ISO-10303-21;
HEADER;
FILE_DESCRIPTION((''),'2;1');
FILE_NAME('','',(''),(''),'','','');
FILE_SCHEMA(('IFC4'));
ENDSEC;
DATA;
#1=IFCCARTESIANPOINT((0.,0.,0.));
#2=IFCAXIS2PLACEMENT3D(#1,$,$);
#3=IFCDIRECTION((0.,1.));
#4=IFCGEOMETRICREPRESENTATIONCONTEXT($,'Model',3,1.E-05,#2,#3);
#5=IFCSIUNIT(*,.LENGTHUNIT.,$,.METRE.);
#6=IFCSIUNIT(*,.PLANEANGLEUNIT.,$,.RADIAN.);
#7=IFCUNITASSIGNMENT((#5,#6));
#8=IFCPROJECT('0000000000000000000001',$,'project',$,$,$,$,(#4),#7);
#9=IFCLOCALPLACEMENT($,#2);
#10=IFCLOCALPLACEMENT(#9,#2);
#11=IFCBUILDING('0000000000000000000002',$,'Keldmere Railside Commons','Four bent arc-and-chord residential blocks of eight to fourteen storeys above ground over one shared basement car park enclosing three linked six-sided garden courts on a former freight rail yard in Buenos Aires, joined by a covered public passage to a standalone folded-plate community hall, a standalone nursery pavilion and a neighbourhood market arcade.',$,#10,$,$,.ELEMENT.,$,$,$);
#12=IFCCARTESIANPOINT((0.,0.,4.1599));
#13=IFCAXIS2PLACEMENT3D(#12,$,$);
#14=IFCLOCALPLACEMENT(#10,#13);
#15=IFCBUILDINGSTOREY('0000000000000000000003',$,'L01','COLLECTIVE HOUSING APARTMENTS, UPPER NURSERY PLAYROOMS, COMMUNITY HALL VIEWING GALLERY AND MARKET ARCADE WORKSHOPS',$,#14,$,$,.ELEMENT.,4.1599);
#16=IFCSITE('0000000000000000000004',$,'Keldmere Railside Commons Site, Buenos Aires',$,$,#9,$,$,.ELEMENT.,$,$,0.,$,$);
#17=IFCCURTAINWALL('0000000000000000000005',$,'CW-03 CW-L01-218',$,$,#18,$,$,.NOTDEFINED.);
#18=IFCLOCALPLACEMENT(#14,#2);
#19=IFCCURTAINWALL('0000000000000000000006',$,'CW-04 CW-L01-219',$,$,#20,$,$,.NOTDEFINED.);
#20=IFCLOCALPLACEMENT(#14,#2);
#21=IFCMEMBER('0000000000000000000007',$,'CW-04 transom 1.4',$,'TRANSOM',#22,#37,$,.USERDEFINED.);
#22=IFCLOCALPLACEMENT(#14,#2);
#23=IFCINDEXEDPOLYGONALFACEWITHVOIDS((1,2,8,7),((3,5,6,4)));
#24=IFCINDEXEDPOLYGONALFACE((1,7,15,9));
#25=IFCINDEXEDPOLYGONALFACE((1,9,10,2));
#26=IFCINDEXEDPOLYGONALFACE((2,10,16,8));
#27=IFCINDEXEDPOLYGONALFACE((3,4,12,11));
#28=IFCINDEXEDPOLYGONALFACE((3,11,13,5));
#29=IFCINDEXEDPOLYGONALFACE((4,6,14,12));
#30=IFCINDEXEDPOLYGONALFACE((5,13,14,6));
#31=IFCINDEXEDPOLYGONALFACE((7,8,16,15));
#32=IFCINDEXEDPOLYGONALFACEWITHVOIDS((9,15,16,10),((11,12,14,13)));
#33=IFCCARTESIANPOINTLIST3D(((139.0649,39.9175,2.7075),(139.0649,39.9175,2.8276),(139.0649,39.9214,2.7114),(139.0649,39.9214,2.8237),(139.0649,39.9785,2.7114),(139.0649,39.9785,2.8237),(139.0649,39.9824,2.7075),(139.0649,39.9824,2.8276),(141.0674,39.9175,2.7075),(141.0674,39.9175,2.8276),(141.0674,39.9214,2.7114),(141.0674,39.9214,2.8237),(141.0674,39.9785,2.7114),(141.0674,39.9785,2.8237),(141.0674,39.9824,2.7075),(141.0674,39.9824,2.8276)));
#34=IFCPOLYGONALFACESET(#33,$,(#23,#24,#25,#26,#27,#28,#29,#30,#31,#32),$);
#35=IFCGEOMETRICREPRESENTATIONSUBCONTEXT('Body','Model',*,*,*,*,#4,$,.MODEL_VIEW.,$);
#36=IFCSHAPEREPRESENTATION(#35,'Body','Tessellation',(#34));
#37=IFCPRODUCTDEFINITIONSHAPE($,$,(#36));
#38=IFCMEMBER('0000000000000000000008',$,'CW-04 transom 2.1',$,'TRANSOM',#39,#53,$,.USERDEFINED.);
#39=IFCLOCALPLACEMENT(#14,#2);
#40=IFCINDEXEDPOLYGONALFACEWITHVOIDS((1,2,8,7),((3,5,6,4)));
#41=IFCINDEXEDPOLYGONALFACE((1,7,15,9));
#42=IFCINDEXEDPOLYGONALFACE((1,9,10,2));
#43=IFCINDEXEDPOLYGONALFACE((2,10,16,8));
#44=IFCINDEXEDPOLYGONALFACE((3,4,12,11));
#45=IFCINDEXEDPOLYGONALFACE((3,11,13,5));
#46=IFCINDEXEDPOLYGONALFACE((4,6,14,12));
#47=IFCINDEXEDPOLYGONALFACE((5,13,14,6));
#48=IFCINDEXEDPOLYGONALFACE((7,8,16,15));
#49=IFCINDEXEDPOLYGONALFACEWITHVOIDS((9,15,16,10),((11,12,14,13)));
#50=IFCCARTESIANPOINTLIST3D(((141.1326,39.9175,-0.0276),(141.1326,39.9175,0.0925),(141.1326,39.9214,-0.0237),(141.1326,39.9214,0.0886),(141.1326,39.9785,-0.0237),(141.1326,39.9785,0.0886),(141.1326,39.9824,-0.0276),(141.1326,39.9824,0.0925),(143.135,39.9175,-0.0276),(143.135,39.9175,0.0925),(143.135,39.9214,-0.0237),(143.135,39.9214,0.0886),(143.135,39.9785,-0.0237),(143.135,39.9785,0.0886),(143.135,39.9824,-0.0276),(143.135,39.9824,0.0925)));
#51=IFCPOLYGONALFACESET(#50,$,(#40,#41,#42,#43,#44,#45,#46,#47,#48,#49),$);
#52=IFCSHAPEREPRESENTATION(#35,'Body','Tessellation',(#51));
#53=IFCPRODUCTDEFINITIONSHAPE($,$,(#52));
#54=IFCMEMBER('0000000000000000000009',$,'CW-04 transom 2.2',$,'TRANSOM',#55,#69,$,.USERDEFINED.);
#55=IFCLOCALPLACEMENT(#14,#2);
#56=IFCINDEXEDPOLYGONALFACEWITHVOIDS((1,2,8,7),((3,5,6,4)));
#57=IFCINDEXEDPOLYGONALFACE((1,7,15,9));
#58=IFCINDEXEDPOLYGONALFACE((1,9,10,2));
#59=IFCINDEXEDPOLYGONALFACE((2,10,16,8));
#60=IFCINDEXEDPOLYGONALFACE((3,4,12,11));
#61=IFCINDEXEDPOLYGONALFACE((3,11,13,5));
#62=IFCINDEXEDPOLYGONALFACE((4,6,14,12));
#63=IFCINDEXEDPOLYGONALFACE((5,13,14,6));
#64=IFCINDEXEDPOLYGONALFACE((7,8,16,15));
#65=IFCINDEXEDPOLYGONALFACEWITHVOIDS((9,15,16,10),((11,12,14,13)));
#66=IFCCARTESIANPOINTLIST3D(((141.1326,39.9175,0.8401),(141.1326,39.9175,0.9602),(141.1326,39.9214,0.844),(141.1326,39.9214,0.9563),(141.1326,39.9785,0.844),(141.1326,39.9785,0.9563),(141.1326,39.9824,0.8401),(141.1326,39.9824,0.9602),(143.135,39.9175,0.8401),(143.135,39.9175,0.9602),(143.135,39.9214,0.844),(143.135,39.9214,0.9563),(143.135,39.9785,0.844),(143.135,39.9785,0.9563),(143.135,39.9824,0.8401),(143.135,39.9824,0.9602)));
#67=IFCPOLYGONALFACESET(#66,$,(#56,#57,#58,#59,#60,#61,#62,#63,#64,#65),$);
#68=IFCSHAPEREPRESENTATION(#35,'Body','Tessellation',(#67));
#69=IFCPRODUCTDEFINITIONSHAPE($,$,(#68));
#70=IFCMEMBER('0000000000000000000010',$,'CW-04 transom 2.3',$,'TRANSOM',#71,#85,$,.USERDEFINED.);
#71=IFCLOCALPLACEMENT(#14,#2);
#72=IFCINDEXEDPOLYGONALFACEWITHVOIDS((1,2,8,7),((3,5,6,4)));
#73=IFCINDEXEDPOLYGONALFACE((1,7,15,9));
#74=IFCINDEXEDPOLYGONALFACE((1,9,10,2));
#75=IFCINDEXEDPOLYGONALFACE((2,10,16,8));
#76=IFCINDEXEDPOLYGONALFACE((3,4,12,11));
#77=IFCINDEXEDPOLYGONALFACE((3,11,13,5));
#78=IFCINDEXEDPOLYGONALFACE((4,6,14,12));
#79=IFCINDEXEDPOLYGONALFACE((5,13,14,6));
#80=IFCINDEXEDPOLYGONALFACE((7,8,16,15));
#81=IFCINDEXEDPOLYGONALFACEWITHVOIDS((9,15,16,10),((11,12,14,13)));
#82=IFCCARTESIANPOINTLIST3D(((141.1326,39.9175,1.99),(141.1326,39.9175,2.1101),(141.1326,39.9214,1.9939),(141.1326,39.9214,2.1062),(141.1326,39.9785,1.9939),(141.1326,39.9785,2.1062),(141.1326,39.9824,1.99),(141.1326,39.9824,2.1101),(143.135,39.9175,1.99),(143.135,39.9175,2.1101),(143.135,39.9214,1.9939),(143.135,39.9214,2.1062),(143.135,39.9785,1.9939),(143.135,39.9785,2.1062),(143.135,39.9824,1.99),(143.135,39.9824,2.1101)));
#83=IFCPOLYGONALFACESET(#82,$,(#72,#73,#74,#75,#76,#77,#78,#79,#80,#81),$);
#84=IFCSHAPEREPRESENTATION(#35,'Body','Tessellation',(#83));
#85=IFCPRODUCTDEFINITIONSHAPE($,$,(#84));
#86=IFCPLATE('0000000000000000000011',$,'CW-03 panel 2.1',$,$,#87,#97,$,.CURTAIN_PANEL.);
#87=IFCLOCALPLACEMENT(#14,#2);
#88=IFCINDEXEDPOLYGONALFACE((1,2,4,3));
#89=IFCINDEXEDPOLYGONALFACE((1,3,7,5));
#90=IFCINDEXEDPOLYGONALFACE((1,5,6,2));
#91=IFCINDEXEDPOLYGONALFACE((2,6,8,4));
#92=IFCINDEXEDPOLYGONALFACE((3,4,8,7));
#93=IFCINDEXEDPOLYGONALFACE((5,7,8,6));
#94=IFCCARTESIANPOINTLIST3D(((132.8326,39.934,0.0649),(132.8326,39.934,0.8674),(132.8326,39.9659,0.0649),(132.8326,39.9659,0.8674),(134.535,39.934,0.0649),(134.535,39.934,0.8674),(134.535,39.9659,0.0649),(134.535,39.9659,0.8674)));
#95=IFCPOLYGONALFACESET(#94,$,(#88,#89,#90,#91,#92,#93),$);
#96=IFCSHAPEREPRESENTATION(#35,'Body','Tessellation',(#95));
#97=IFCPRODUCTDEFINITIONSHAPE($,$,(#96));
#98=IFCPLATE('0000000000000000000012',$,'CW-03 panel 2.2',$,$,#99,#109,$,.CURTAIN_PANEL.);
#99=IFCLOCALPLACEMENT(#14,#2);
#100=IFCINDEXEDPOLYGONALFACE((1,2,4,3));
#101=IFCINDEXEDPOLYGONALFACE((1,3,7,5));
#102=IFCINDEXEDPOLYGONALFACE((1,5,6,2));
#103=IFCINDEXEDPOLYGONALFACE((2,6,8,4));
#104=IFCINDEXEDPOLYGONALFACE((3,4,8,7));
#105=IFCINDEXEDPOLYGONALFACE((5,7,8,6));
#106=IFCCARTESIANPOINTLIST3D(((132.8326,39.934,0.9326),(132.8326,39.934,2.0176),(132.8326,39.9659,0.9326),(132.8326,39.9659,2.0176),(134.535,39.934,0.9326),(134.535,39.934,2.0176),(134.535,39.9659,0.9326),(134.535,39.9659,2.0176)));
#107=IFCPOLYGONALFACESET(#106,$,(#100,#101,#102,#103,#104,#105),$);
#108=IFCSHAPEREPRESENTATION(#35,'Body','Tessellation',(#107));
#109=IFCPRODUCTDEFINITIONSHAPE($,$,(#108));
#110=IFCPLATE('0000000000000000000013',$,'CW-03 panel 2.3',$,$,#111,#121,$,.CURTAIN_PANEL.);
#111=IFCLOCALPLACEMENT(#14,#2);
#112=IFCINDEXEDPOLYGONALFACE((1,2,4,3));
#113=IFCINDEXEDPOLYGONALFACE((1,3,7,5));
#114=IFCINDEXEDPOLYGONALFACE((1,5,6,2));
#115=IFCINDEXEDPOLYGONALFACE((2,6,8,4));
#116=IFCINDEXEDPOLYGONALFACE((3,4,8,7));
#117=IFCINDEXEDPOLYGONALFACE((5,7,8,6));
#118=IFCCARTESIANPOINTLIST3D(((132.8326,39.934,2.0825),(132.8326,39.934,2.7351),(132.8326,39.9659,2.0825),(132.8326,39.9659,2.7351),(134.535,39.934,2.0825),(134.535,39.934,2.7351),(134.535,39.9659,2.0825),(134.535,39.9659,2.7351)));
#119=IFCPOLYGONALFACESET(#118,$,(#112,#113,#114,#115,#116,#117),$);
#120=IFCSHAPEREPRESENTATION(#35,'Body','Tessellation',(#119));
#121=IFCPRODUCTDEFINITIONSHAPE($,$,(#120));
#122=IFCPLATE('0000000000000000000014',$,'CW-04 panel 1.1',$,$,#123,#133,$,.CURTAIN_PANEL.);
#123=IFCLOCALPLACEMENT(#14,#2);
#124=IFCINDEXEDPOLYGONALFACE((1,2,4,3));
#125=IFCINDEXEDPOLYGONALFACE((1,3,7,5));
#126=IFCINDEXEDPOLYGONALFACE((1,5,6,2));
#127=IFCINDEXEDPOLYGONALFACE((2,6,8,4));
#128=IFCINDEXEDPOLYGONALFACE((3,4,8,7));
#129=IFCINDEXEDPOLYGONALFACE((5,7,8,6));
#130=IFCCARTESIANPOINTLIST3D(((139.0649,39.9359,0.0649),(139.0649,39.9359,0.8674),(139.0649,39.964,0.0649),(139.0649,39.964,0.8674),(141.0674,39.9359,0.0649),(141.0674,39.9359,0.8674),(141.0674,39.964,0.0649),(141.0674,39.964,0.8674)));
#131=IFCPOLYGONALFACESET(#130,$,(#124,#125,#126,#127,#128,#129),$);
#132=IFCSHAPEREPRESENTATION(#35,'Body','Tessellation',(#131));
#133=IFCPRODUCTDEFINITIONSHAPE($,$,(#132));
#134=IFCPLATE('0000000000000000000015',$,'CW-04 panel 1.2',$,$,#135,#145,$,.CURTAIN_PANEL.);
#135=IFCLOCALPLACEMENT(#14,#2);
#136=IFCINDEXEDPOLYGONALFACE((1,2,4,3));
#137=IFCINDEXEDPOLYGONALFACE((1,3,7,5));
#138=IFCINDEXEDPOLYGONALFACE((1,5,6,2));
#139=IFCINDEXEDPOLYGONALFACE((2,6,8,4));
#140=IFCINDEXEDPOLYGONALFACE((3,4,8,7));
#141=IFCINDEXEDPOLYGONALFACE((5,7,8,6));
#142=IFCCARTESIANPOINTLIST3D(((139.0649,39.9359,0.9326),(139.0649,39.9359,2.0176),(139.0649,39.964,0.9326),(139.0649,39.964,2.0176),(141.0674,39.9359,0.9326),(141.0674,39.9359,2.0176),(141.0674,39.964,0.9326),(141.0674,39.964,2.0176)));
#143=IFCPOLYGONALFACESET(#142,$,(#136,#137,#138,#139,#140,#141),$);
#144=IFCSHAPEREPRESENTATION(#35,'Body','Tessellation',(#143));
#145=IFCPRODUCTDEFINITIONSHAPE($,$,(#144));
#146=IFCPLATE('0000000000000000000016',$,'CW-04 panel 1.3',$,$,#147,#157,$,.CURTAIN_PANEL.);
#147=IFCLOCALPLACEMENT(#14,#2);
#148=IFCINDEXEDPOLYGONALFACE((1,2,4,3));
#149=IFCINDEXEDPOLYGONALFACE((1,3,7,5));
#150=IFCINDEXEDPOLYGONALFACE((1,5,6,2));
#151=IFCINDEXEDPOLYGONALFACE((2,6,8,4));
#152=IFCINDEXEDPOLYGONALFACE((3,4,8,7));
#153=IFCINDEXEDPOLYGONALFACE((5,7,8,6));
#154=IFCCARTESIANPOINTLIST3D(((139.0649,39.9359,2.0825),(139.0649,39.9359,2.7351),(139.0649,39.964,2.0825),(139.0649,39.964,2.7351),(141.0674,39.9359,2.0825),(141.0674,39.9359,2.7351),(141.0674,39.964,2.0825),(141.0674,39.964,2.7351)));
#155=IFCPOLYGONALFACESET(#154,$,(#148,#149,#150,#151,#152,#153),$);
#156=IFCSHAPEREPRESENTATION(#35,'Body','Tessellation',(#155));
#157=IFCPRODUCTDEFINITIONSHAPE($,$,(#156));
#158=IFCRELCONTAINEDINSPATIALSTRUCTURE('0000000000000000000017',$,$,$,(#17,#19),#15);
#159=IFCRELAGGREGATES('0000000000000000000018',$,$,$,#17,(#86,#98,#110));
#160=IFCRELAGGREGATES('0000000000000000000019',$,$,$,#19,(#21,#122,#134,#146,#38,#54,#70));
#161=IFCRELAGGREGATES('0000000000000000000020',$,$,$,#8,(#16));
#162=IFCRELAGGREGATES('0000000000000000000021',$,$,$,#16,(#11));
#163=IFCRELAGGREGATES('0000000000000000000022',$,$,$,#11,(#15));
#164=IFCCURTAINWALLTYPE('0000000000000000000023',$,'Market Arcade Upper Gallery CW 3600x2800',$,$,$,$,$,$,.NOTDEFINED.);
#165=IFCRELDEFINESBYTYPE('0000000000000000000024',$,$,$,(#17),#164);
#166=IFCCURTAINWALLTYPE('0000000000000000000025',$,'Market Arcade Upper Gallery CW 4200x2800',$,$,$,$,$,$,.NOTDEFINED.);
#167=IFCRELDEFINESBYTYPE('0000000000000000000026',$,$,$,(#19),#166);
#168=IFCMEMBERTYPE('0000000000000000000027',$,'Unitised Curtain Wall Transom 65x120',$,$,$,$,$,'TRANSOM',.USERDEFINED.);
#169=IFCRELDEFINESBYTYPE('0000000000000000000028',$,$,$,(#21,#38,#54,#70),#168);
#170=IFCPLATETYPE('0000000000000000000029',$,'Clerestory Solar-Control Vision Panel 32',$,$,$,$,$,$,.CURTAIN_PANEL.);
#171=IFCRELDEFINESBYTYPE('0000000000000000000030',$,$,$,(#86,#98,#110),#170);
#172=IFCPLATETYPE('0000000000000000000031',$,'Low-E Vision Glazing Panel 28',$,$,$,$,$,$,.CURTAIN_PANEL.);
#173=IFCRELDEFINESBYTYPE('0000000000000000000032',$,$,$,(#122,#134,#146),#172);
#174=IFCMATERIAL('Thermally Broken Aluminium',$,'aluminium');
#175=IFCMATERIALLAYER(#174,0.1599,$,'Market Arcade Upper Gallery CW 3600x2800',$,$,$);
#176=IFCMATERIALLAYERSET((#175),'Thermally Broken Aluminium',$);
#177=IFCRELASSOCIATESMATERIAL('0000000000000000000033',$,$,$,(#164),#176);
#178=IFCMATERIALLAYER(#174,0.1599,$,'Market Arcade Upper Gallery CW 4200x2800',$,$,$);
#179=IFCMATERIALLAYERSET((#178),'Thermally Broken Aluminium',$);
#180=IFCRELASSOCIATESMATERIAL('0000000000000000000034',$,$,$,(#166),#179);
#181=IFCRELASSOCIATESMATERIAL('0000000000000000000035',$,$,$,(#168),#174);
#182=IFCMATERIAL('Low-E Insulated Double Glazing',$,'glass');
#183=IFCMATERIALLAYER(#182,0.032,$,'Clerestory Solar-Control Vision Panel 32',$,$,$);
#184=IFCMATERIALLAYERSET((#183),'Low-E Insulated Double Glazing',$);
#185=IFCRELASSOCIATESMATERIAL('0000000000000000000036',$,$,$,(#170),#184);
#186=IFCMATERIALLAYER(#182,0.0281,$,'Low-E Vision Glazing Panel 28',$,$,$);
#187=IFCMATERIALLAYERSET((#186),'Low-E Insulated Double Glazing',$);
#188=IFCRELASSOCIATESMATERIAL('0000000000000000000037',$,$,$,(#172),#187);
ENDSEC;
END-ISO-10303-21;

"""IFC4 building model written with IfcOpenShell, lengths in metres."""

from ifc_helpers import new_model, si_unit, direction, frame, origin, origin_2d, place, context, subcontext, project, spatial, rectangle, hollow_rectangle, extrude, material, layer, layer_set, material_profile, profile_set, type_object, element, aggregate, save


model = new_model("IFC4")

# Units and contexts
model_context = context("Model", 3, precision=1e-05, world=origin(), true_north=direction((0.0, 1.0)))
body_context = subcontext(model_context, "Body", "Model", "MODEL_VIEW")
ifc_project = project(units=[si_unit("LENGTHUNIT", "METRE"), si_unit("PLANEANGLEUNIT", "RADIAN")], contexts=[model_context])

# Site, building, storey
site_placement = place(None, origin())
site = spatial("IfcSite", under=ifc_project, at=site_placement, Name="Keldmere Railside Commons Site, Buenos Aires", CompositionType="ELEMENT", RefElevation=0.0)
building_placement = place(site_placement, origin())
building = spatial("IfcBuilding", under=site, at=building_placement, Name="Keldmere Railside Commons", Description="Four bent arc-and-chord residential blocks of eight to fourteen storeys above ground over one shared basement car park enclosing three linked six-sided garden courts on a former freight rail yard in Buenos Aires, joined by a covered public passage to a standalone folded-plate community hall, a standalone nursery pavilion and a neighbourhood market arcade.", CompositionType="ELEMENT")
storey_placement = place(building_placement, frame((0.0, 0.0, 4.1599)))
storey = spatial("IfcBuildingStorey", under=building, at=storey_placement, Name="L01", Description="COLLECTIVE HOUSING APARTMENTS, UPPER NURSERY PLAYROOMS, COMMUNITY HALL VIEWING GALLERY AND MARKET ARCADE WORKSHOPS", CompositionType="ELEMENT", Elevation=4.1599)

# Curtain walls
ifc_material_1 = material(Name="Thermally Broken Aluminium", Category="aluminium")
ifc_layer_1 = layer(ifc_material_1, 0.1599, Name="Market Arcade Upper Gallery CW 3600x2800")
ifc_layer_set_1 = layer_set([ifc_layer_1], Name="Thermally Broken Aluminium")
curtain_wall_type_1 = type_object("IfcCurtainWallType", Name="Market Arcade Upper Gallery CW 3600x2800", PredefinedType="NOTDEFINED", material=ifc_layer_set_1)
curtain_wall_1_placement = place(storey_placement, origin())
curtain_wall_1 = element("IfcCurtainWall", 1, at=curtain_wall_1_placement, inside=storey, type_object=curtain_wall_type_1, Name="CW-03 CW-L01-218", PredefinedType="NOTDEFINED")
ifc_layer_2 = layer(ifc_material_1, 0.1599, Name="Market Arcade Upper Gallery CW 4200x2800")
ifc_layer_set_2 = layer_set([ifc_layer_2], Name="Thermally Broken Aluminium")
curtain_wall_type_2 = type_object("IfcCurtainWallType", Name="Market Arcade Upper Gallery CW 4200x2800", PredefinedType="NOTDEFINED", material=ifc_layer_set_2)
curtain_wall_2_placement = place(storey_placement, origin())
curtain_wall_2 = element("IfcCurtainWall", 2, at=curtain_wall_2_placement, inside=storey, type_object=curtain_wall_type_2, Name="CW-04 CW-L01-219", PredefinedType="NOTDEFINED")

# Members
ifc_material_profile_1 = material_profile(ifc_material_1, hollow_rectangle(XDim=0.0649, YDim=0.1201, WallThickness=0.0039, at=origin_2d()), Name="ALU-TRAN-65x120")
ifc_profile_set_1 = profile_set([ifc_material_profile_1], Name="Thermally Broken Aluminium")
member_type_1 = type_object("IfcMemberType", Name="Unitised Curtain Wall Transom 65x120", ElementType="TRANSOM", PredefinedType="USERDEFINED", material=ifc_profile_set_1)
member_1_placement = place(storey_placement, frame((139.0649, 39.95, 2.7676), z_axis=(1.0, 0.0, 0.0), x_axis=(0.0, 1.0, 0.0)))
member_1 = element("IfcMember", 3, at=member_1_placement, type_object=member_type_1, Name="CW-04 transom 1.4", ObjectType="TRANSOM", PredefinedType="USERDEFINED", context=body_context, shape_type="SweptSolid", body=[
    extrude(hollow_rectangle(XDim=0.0649, YDim=0.1201, WallThickness=0.0039, at=origin_2d()), origin(), (0.0, 0.0, 1.0), 2.0024),
])
member_2_placement = place(storey_placement, frame((141.1326, 39.95, 0.0325), z_axis=(1.0, 0.0, 0.0), x_axis=(0.0, 1.0, 0.0)))
member_2 = element("IfcMember", 4, at=member_2_placement, type_object=member_type_1, Name="CW-04 transom 2.1", ObjectType="TRANSOM", PredefinedType="USERDEFINED", context=body_context, shape_type="SweptSolid", body=[
    extrude(hollow_rectangle(XDim=0.0649, YDim=0.1201, WallThickness=0.0039, at=origin_2d()), origin(), (0.0, 0.0, 1.0), 2.0024),
])
member_3_placement = place(storey_placement, frame((141.1326, 39.95, 0.9001), z_axis=(1.0, 0.0, 0.0), x_axis=(0.0, 1.0, 0.0)))
member_3 = element("IfcMember", 5, at=member_3_placement, type_object=member_type_1, Name="CW-04 transom 2.2", ObjectType="TRANSOM", PredefinedType="USERDEFINED", context=body_context, shape_type="SweptSolid", body=[
    extrude(hollow_rectangle(XDim=0.0649, YDim=0.1201, WallThickness=0.0039, at=origin_2d()), origin(), (0.0, 0.0, 1.0), 2.0024),
])
member_4_placement = place(storey_placement, frame((141.1326, 39.95, 2.05), z_axis=(1.0, 0.0, 0.0), x_axis=(0.0, 1.0, 0.0)))
member_4 = element("IfcMember", 6, at=member_4_placement, type_object=member_type_1, Name="CW-04 transom 2.3", ObjectType="TRANSOM", PredefinedType="USERDEFINED", context=body_context, shape_type="SweptSolid", body=[
    extrude(hollow_rectangle(XDim=0.0649, YDim=0.1201, WallThickness=0.0039, at=origin_2d()), origin(), (0.0, 0.0, 1.0), 2.0024),
])

# Plates
ifc_material_2 = material(Name="Low-E Insulated Double Glazing", Category="glass")
ifc_layer_3 = layer(ifc_material_2, 0.032, Name="Clerestory Solar-Control Vision Panel 32")
ifc_layer_set_3 = layer_set([ifc_layer_3], Name="Low-E Insulated Double Glazing")
plate_type_1 = type_object("IfcPlateType", Name="Clerestory Solar-Control Vision Panel 32", PredefinedType="CURTAIN_PANEL", material=ifc_layer_set_3)
plate_1_placement = place(storey_placement, frame((133.6838, 39.95, 0.0649), z_axis=(0.0, 0.0, 1.0), x_axis=(1.0, 0.0, 0.0)))
plate_1 = element("IfcPlate", 7, at=plate_1_placement, type_object=plate_type_1, Name="CW-03 panel 2.1", PredefinedType="CURTAIN_PANEL", context=body_context, shape_type="SweptSolid", body=[
    extrude(rectangle(XDim=1.7024, YDim=0.032, at=origin_2d()), origin(), (0.0, 0.0, 1.0), 0.8025),
])
plate_2_placement = place(storey_placement, frame((133.6838, 39.95, 0.9326), z_axis=(0.0, 0.0, 1.0), x_axis=(1.0, 0.0, 0.0)))
plate_2 = element("IfcPlate", 8, at=plate_2_placement, type_object=plate_type_1, Name="CW-03 panel 2.2", PredefinedType="CURTAIN_PANEL", context=body_context, shape_type="SweptSolid", body=[
    extrude(rectangle(XDim=1.7024, YDim=0.032, at=origin_2d()), origin(), (0.0, 0.0, 1.0), 1.085),
])
plate_3_placement = place(storey_placement, frame((133.6838, 39.95, 2.0825), z_axis=(0.0, 0.0, 1.0), x_axis=(1.0, 0.0, 0.0)))
plate_3 = element("IfcPlate", 9, at=plate_3_placement, type_object=plate_type_1, Name="CW-03 panel 2.3", PredefinedType="CURTAIN_PANEL", context=body_context, shape_type="SweptSolid", body=[
    extrude(rectangle(XDim=1.7024, YDim=0.032, at=origin_2d()), origin(), (0.0, 0.0, 1.0), 0.6526),
])
aggregate(curtain_wall_1, [plate_1, plate_2, plate_3])
ifc_layer_4 = layer(ifc_material_2, 0.0281, Name="Low-E Vision Glazing Panel 28")
ifc_layer_set_4 = layer_set([ifc_layer_4], Name="Low-E Insulated Double Glazing")
plate_type_2 = type_object("IfcPlateType", Name="Low-E Vision Glazing Panel 28", PredefinedType="CURTAIN_PANEL", material=ifc_layer_set_4)
plate_4_placement = place(storey_placement, frame((140.0662, 39.95, 0.0649), z_axis=(0.0, 0.0, 1.0), x_axis=(1.0, 0.0, 0.0)))
plate_4 = element("IfcPlate", 10, at=plate_4_placement, type_object=plate_type_2, Name="CW-04 panel 1.1", PredefinedType="CURTAIN_PANEL", context=body_context, shape_type="SweptSolid", body=[
    extrude(rectangle(XDim=2.0024, YDim=0.0281, at=origin_2d()), origin(), (0.0, 0.0, 1.0), 0.8025),
])
plate_5_placement = place(storey_placement, frame((140.0662, 39.95, 0.9326), z_axis=(0.0, 0.0, 1.0), x_axis=(1.0, 0.0, 0.0)))
plate_5 = element("IfcPlate", 11, at=plate_5_placement, type_object=plate_type_2, Name="CW-04 panel 1.2", PredefinedType="CURTAIN_PANEL", context=body_context, shape_type="SweptSolid", body=[
    extrude(rectangle(XDim=2.0024, YDim=0.0281, at=origin_2d()), origin(), (0.0, 0.0, 1.0), 1.085),
])
plate_6_placement = place(storey_placement, frame((140.0662, 39.95, 2.0825), z_axis=(0.0, 0.0, 1.0), x_axis=(1.0, 0.0, 0.0)))
plate_6 = element("IfcPlate", 12, at=plate_6_placement, type_object=plate_type_2, Name="CW-04 panel 1.3", PredefinedType="CURTAIN_PANEL", context=body_context, shape_type="SweptSolid", body=[
    extrude(rectangle(XDim=2.0024, YDim=0.0281, at=origin_2d()), origin(), (0.0, 0.0, 1.0), 0.6526),
])
aggregate(curtain_wall_2, [member_1, plate_4, plate_5, plate_6, member_2, member_3, member_4])

save(model, "model.ifc")
